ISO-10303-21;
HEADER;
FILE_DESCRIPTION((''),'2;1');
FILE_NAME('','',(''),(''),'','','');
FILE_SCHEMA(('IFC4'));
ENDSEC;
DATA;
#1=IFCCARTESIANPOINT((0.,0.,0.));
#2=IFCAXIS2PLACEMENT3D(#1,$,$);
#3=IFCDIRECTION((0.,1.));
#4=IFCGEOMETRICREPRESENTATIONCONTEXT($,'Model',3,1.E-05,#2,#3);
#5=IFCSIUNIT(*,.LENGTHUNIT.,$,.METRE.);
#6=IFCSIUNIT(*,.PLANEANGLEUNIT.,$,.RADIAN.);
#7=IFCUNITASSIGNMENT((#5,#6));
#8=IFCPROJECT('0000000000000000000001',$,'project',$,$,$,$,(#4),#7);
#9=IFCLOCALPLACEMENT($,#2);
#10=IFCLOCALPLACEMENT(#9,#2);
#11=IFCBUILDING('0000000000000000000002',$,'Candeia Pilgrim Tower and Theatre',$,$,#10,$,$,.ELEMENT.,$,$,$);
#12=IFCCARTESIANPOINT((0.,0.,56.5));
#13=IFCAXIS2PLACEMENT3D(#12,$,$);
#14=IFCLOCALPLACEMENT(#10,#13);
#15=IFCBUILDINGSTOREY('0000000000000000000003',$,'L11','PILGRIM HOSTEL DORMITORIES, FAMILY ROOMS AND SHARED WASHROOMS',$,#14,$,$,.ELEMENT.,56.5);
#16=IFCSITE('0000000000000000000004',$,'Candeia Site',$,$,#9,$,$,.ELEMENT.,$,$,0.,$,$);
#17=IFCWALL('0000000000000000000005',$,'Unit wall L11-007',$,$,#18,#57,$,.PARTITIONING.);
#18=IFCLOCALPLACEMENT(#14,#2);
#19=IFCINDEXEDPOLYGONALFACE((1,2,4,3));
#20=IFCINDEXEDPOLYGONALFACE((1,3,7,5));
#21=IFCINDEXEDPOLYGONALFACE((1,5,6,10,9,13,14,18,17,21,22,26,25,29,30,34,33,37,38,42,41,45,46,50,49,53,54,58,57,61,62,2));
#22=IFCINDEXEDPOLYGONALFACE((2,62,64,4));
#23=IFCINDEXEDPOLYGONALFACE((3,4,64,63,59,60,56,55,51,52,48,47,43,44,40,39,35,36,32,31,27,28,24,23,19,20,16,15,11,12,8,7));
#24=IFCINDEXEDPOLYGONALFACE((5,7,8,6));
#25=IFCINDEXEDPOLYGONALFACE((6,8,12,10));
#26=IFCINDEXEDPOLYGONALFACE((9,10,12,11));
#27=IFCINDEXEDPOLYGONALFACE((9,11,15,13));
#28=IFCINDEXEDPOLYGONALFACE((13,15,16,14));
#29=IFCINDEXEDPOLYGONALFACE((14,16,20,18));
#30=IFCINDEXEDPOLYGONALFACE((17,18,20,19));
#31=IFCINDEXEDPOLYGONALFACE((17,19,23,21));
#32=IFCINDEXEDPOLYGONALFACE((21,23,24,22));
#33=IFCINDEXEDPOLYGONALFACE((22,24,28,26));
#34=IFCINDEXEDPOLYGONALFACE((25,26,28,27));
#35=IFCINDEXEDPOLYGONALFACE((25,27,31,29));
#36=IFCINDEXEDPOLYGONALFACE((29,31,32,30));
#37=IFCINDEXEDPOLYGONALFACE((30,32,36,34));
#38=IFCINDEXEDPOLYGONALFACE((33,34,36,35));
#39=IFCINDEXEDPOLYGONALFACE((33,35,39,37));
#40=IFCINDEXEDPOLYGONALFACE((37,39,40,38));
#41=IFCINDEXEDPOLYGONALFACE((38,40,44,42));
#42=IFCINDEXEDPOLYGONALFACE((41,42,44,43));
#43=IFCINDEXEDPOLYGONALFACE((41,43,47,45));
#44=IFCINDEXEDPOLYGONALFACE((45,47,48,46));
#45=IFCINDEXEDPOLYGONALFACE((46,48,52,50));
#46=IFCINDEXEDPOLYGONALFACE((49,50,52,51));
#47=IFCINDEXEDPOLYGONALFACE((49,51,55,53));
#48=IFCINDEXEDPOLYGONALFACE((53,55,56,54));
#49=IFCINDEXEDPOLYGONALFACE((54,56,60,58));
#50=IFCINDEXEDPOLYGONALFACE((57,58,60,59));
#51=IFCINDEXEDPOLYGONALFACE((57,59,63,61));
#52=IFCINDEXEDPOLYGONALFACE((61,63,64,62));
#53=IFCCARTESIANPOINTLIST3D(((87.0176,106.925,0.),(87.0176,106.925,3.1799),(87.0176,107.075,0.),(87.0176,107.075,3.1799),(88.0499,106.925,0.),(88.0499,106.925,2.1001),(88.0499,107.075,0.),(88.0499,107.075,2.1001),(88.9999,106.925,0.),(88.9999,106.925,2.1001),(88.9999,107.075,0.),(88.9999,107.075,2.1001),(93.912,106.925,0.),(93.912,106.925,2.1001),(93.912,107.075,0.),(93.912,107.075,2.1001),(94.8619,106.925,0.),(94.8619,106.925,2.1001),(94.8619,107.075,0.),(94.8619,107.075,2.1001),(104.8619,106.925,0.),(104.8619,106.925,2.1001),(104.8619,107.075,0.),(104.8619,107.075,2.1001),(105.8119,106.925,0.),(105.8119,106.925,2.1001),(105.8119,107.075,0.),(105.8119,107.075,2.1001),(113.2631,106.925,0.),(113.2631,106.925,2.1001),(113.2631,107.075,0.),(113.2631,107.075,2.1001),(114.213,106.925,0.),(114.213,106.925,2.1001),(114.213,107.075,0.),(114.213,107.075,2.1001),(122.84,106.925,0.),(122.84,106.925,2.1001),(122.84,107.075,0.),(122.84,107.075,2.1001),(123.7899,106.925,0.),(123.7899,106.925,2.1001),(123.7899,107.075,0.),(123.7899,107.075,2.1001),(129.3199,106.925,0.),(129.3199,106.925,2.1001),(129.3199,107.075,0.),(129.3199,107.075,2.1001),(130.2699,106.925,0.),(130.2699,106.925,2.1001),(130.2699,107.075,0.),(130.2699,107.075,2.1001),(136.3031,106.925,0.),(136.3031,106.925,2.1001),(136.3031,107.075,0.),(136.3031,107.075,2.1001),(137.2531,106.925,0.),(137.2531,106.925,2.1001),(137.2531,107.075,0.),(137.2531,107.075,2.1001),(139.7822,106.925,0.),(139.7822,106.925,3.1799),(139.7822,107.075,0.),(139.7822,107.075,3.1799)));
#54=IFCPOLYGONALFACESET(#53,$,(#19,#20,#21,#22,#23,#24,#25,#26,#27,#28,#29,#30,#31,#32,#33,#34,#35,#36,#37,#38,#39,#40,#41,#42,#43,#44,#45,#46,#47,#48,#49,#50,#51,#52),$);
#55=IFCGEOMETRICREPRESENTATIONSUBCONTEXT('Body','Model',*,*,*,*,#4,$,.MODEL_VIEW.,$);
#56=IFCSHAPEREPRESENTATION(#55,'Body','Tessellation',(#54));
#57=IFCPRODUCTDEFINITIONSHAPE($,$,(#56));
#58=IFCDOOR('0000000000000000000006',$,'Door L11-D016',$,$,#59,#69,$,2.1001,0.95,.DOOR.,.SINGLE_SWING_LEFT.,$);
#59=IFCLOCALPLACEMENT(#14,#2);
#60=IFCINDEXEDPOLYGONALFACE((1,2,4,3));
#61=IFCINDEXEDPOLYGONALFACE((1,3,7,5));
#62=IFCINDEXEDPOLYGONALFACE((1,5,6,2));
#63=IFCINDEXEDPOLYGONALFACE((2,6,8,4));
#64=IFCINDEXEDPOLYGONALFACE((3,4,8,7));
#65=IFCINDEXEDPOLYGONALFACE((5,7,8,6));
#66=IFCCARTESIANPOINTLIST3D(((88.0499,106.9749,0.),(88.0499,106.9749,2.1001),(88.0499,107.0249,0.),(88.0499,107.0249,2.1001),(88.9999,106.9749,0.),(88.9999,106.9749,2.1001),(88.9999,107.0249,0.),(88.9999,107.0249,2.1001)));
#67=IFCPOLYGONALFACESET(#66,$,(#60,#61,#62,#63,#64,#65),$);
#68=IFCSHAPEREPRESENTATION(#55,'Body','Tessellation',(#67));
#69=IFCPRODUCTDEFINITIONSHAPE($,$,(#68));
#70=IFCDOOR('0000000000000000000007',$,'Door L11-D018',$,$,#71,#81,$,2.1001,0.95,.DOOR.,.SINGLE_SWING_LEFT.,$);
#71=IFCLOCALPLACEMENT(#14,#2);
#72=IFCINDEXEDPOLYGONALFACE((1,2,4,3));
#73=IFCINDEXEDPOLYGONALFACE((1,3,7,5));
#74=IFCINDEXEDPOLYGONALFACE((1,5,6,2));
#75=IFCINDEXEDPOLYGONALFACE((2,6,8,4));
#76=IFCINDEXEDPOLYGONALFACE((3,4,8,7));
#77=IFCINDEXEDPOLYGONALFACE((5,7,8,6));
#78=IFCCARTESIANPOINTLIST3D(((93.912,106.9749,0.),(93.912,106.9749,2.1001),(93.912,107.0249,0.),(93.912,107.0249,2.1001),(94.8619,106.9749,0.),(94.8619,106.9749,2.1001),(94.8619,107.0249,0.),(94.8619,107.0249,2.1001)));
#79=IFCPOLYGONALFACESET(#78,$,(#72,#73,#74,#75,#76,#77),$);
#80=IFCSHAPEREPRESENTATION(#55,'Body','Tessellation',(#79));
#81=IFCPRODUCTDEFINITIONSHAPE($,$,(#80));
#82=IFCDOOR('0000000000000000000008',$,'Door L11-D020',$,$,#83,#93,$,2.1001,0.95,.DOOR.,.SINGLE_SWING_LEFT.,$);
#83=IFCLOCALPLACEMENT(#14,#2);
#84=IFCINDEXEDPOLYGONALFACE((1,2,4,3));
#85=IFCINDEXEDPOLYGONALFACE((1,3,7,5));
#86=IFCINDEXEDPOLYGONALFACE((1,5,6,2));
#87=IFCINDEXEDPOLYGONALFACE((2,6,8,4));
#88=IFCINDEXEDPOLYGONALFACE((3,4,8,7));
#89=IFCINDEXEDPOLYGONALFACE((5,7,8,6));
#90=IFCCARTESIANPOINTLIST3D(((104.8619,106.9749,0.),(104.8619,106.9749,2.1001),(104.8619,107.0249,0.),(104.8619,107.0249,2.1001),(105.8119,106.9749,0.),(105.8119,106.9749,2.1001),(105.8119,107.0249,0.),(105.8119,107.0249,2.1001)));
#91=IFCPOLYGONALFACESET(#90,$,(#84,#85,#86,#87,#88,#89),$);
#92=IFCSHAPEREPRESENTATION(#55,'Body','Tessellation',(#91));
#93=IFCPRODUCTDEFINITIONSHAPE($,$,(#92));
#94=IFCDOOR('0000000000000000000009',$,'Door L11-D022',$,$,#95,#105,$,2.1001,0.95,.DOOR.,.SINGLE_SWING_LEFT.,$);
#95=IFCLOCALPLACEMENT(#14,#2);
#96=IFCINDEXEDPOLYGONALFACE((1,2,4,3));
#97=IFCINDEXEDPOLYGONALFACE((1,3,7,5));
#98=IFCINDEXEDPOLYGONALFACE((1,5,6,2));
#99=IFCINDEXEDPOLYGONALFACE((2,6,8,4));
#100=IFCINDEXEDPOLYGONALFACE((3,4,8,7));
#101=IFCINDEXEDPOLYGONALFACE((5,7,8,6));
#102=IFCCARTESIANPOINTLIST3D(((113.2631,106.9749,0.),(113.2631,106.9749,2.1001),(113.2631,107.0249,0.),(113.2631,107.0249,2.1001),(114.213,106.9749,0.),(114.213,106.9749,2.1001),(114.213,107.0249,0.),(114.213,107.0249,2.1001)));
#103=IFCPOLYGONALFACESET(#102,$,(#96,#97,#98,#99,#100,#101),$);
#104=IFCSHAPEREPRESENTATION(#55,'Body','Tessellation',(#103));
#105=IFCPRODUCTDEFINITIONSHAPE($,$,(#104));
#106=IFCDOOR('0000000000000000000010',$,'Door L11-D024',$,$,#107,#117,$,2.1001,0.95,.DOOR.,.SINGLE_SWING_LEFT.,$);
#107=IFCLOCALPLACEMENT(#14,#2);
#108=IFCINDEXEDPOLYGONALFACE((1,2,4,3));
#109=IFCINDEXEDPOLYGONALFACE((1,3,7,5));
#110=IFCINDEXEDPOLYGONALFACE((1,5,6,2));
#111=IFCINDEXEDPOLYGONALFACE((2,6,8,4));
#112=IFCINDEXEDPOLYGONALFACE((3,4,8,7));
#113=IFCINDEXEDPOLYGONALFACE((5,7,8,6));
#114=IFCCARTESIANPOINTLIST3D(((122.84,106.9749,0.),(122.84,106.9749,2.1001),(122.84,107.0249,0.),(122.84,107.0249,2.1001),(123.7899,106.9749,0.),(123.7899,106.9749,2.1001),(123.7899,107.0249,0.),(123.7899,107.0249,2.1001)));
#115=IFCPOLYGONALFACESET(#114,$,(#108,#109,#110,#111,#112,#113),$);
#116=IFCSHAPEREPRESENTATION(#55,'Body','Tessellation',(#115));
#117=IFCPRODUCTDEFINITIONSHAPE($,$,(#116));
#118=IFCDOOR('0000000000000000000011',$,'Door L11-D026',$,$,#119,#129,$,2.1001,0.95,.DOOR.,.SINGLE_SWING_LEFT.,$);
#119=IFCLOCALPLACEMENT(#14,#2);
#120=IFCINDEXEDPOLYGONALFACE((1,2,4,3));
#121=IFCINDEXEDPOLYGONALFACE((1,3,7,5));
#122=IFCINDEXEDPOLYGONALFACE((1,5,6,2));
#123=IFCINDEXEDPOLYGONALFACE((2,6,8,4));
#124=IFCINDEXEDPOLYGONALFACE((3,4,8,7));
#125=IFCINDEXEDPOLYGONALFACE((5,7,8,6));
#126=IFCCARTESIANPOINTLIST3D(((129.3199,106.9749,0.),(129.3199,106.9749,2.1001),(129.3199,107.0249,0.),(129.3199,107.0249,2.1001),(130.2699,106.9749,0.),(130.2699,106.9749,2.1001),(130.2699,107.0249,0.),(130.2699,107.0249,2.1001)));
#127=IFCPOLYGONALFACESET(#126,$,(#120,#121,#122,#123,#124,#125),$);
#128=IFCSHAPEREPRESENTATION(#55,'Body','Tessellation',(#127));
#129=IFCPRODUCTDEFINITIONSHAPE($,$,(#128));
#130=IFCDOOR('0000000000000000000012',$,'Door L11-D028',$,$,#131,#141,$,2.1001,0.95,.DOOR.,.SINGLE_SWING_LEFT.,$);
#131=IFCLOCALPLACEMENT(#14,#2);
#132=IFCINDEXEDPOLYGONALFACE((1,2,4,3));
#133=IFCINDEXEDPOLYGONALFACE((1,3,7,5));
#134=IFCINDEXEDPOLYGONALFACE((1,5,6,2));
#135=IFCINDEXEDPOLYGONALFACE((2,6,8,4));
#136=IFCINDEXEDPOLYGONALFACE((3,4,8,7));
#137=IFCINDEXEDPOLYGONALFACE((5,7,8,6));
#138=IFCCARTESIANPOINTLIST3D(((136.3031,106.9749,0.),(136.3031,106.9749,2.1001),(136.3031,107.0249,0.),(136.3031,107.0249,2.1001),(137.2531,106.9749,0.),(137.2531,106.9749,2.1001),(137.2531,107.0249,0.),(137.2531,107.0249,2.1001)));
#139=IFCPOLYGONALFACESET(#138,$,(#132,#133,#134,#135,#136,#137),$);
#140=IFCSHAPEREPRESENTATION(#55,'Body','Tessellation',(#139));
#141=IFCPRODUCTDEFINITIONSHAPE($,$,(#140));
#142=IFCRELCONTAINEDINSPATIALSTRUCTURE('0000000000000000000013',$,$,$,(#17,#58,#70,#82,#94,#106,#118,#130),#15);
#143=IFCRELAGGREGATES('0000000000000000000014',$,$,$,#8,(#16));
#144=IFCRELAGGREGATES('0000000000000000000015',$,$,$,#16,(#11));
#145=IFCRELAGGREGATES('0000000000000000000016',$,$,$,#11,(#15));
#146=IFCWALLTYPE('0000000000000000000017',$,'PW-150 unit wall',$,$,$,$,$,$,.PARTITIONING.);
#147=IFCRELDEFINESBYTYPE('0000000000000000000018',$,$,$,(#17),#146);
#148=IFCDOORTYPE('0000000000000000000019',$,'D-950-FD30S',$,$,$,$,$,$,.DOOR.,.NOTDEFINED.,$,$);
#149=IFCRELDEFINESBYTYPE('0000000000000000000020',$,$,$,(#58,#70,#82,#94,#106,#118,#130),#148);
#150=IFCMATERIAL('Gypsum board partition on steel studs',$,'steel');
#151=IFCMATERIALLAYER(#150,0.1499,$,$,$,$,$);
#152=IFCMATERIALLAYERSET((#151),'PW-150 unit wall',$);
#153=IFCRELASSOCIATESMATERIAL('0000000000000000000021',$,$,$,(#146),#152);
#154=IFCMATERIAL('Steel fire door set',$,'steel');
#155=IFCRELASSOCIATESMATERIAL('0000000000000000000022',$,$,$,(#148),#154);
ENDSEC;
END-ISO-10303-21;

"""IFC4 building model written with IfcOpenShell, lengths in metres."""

from ifc_helpers import new_model, si_unit, direction, frame, frame_2d, origin, place, context, subcontext, project, spatial, rectangle, extrude, material, layer, layer_set, type_object, element, fill, save


model = new_model("IFC4")

# Units and contexts
model_context = context("Model", 3, precision=1e-05, world=origin(), true_north=direction((0.0, 1.0)))
body_context = subcontext(model_context, "Body", "Model", "MODEL_VIEW")
ifc_project = project(units=[si_unit("LENGTHUNIT", "METRE"), si_unit("PLANEANGLEUNIT", "RADIAN")], contexts=[model_context])

# Site, building, storey
site_placement = place(None, origin())
site = spatial("IfcSite", under=ifc_project, at=site_placement, Name="Candeia Site", CompositionType="ELEMENT", RefElevation=0.0)
building_placement = place(site_placement, origin())
building = spatial("IfcBuilding", under=site, at=building_placement, Name="Candeia Pilgrim Tower and Theatre", CompositionType="ELEMENT")
storey_placement = place(building_placement, frame((0.0, 0.0, 56.5)))
storey = spatial("IfcBuildingStorey", under=building, at=storey_placement, Name="L11", Description="PILGRIM HOSTEL DORMITORIES, FAMILY ROOMS AND SHARED WASHROOMS", CompositionType="ELEMENT", Elevation=56.5)

# Shared definitions
ifc_material_1 = material(Name="Gypsum board partition on steel studs", Category="steel")

# Wall, openings, doors
ifc_layer_1 = layer(ifc_material_1, 0.1499)
ifc_layer_set_1 = layer_set([ifc_layer_1], Name="PW-150 unit wall")
wall_type_1 = type_object("IfcWallType", Name="PW-150 unit wall", PredefinedType="PARTITIONING", material=ifc_layer_set_1)
wall_1_placement = place(storey_placement, frame((87.0176, 107.0, 0.0), z_axis=(0.0, 0.0, 1.0), x_axis=(1.0, 0.0, 0.0)))
wall_1 = element("IfcWall", 1, at=wall_1_placement, inside=storey, type_object=wall_type_1, Name="Unit wall L11-007", PredefinedType="PARTITIONING", context=body_context, shape_type="SweptSolid", body=[
    extrude(rectangle(XDim=52.7646, YDim=0.1499, at=frame_2d((26.3823, 0.0))), origin(), (0.0, 0.0, 1.0), 3.1799),
])
opening_1_placement = place(wall_1_placement, frame((1.0322, 0.0, 0.0)))
opening_1 = element("IfcOpeningElement", 2, at=opening_1_placement, cuts=wall_1, PredefinedType="OPENING", context=body_context, shape_type="SweptSolid", body=[
    extrude(rectangle(XDim=0.95, YDim=2.1001, at=frame_2d((0.4751, 1.05))), frame((0.0, 0.085, 0.0), z_axis=(0.0, -1.0, 0.0), x_axis=(1.0, 0.0, 0.0)), (0.0, 0.0, 1.0), 0.1699),
])
opening_2_placement = place(wall_1_placement, frame((6.8943, 0.0, 0.0)))
opening_2 = element("IfcOpeningElement", 3, at=opening_2_placement, cuts=wall_1, PredefinedType="OPENING", context=body_context, shape_type="SweptSolid", body=[
    extrude(rectangle(XDim=0.95, YDim=2.1001, at=frame_2d((0.4751, 1.05))), frame((0.0, 0.085, 0.0), z_axis=(0.0, -1.0, 0.0), x_axis=(1.0, 0.0, 0.0)), (0.0, 0.0, 1.0), 0.1699),
])
opening_3_placement = place(wall_1_placement, frame((17.8442, 0.0, 0.0)))
opening_3 = element("IfcOpeningElement", 4, at=opening_3_placement, cuts=wall_1, PredefinedType="OPENING", context=body_context, shape_type="SweptSolid", body=[
    extrude(rectangle(XDim=0.95, YDim=2.1001, at=frame_2d((0.4751, 1.05))), frame((0.0, 0.085, 0.0), z_axis=(0.0, -1.0, 0.0), x_axis=(1.0, 0.0, 0.0)), (0.0, 0.0, 1.0), 0.1699),
])
opening_4_placement = place(wall_1_placement, frame((26.2454, 0.0, 0.0)))
opening_4 = element("IfcOpeningElement", 5, at=opening_4_placement, cuts=wall_1, PredefinedType="OPENING", context=body_context, shape_type="SweptSolid", body=[
    extrude(rectangle(XDim=0.95, YDim=2.1001, at=frame_2d((0.4751, 1.05))), frame((0.0, 0.085, 0.0), z_axis=(0.0, -1.0, 0.0), x_axis=(1.0, 0.0, 0.0)), (0.0, 0.0, 1.0), 0.1699),
])
opening_5_placement = place(wall_1_placement, frame((35.8223, 0.0, 0.0)))
opening_5 = element("IfcOpeningElement", 6, at=opening_5_placement, cuts=wall_1, PredefinedType="OPENING", context=body_context, shape_type="SweptSolid", body=[
    extrude(rectangle(XDim=0.95, YDim=2.1001, at=frame_2d((0.4751, 1.05))), frame((0.0, 0.085, 0.0), z_axis=(0.0, -1.0, 0.0), x_axis=(1.0, 0.0, 0.0)), (0.0, 0.0, 1.0), 0.1699),
])
opening_6_placement = place(wall_1_placement, frame((42.3022, 0.0, 0.0)))
opening_6 = element("IfcOpeningElement", 7, at=opening_6_placement, cuts=wall_1, PredefinedType="OPENING", context=body_context, shape_type="SweptSolid", body=[
    extrude(rectangle(XDim=0.95, YDim=2.1001, at=frame_2d((0.4751, 1.05))), frame((0.0, 0.085, 0.0), z_axis=(0.0, -1.0, 0.0), x_axis=(1.0, 0.0, 0.0)), (0.0, 0.0, 1.0), 0.1699),
])
opening_7_placement = place(wall_1_placement, frame((49.2854, 0.0, 0.0)))
opening_7 = element("IfcOpeningElement", 8, at=opening_7_placement, cuts=wall_1, PredefinedType="OPENING", context=body_context, shape_type="SweptSolid", body=[
    extrude(rectangle(XDim=0.95, YDim=2.1001, at=frame_2d((0.4751, 1.05))), frame((0.0, 0.085, 0.0), z_axis=(0.0, -1.0, 0.0), x_axis=(1.0, 0.0, 0.0)), (0.0, 0.0, 1.0), 0.1699),
])
ifc_material_2 = material(Name="Steel fire door set", Category="steel")
door_type_1 = type_object("IfcDoorType", Name="D-950-FD30S", OperationType="NOTDEFINED", PredefinedType="DOOR", material=ifc_material_2)
door_1_placement = place(opening_1_placement, origin())
door_1 = element("IfcDoor", 9, at=door_1_placement, inside=storey, type_object=door_type_1, Name="Door L11-D016", OperationType="SINGLE_SWING_LEFT", OverallHeight=2.1001, OverallWidth=0.95, PredefinedType="DOOR", context=body_context, shape_type="SweptSolid", body=[
    extrude(rectangle(XDim=0.95, YDim=2.1001, at=frame_2d((0.4751, 1.05))), frame((0.0, 0.0249, 0.0), z_axis=(0.0, -1.0, 0.0), x_axis=(1.0, 0.0, 0.0)), (0.0, 0.0, 1.0), 0.05),
])
fill(opening_1, door_1)
door_2_placement = place(opening_2_placement, origin())
door_2 = element("IfcDoor", 10, at=door_2_placement, inside=storey, type_object=door_type_1, Name="Door L11-D018", OperationType="SINGLE_SWING_LEFT", OverallHeight=2.1001, OverallWidth=0.95, PredefinedType="DOOR", context=body_context, shape_type="SweptSolid", body=[
    extrude(rectangle(XDim=0.95, YDim=2.1001, at=frame_2d((0.4751, 1.05))), frame((0.0, 0.0249, 0.0), z_axis=(0.0, -1.0, 0.0), x_axis=(1.0, 0.0, 0.0)), (0.0, 0.0, 1.0), 0.05),
])
fill(opening_2, door_2)
door_3_placement = place(opening_3_placement, origin())
door_3 = element("IfcDoor", 11, at=door_3_placement, inside=storey, type_object=door_type_1, Name="Door L11-D020", OperationType="SINGLE_SWING_LEFT", OverallHeight=2.1001, OverallWidth=0.95, PredefinedType="DOOR", context=body_context, shape_type="SweptSolid", body=[
    extrude(rectangle(XDim=0.95, YDim=2.1001, at=frame_2d((0.4751, 1.05))), frame((0.0, 0.0249, 0.0), z_axis=(0.0, -1.0, 0.0), x_axis=(1.0, 0.0, 0.0)), (0.0, 0.0, 1.0), 0.05),
])
fill(opening_3, door_3)
door_4_placement = place(opening_4_placement, origin())
door_4 = element("IfcDoor", 12, at=door_4_placement, inside=storey, type_object=door_type_1, Name="Door L11-D022", OperationType="SINGLE_SWING_LEFT", OverallHeight=2.1001, OverallWidth=0.95, PredefinedType="DOOR", context=body_context, shape_type="SweptSolid", body=[
    extrude(rectangle(XDim=0.95, YDim=2.1001, at=frame_2d((0.4751, 1.05))), frame((0.0, 0.0249, 0.0), z_axis=(0.0, -1.0, 0.0), x_axis=(1.0, 0.0, 0.0)), (0.0, 0.0, 1.0), 0.05),
])
fill(opening_4, door_4)
door_5_placement = place(opening_5_placement, origin())
door_5 = element("IfcDoor", 13, at=door_5_placement, inside=storey, type_object=door_type_1, Name="Door L11-D024", OperationType="SINGLE_SWING_LEFT", OverallHeight=2.1001, OverallWidth=0.95, PredefinedType="DOOR", context=body_context, shape_type="SweptSolid", body=[
    extrude(rectangle(XDim=0.95, YDim=2.1001, at=frame_2d((0.4751, 1.05))), frame((0.0, 0.0249, 0.0), z_axis=(0.0, -1.0, 0.0), x_axis=(1.0, 0.0, 0.0)), (0.0, 0.0, 1.0), 0.05),
])
fill(opening_5, door_5)
door_6_placement = place(opening_6_placement, origin())
door_6 = element("IfcDoor", 14, at=door_6_placement, inside=storey, type_object=door_type_1, Name="Door L11-D026", OperationType="SINGLE_SWING_LEFT", OverallHeight=2.1001, OverallWidth=0.95, PredefinedType="DOOR", context=body_context, shape_type="SweptSolid", body=[
    extrude(rectangle(XDim=0.95, YDim=2.1001, at=frame_2d((0.4751, 1.05))), frame((0.0, 0.0249, 0.0), z_axis=(0.0, -1.0, 0.0), x_axis=(1.0, 0.0, 0.0)), (0.0, 0.0, 1.0), 0.05),
])
fill(opening_6, door_6)
door_7_placement = place(opening_7_placement, origin())
door_7 = element("IfcDoor", 15, at=door_7_placement, inside=storey, type_object=door_type_1, Name="Door L11-D028", OperationType="SINGLE_SWING_LEFT", OverallHeight=2.1001, OverallWidth=0.95, PredefinedType="DOOR", context=body_context, shape_type="SweptSolid", body=[
    extrude(rectangle(XDim=0.95, YDim=2.1001, at=frame_2d((0.4751, 1.05))), frame((0.0, 0.0249, 0.0), z_axis=(0.0, -1.0, 0.0), x_axis=(1.0, 0.0, 0.0)), (0.0, 0.0, 1.0), 0.05),
])
fill(opening_7, door_7)

save(model, "model.ifc")
